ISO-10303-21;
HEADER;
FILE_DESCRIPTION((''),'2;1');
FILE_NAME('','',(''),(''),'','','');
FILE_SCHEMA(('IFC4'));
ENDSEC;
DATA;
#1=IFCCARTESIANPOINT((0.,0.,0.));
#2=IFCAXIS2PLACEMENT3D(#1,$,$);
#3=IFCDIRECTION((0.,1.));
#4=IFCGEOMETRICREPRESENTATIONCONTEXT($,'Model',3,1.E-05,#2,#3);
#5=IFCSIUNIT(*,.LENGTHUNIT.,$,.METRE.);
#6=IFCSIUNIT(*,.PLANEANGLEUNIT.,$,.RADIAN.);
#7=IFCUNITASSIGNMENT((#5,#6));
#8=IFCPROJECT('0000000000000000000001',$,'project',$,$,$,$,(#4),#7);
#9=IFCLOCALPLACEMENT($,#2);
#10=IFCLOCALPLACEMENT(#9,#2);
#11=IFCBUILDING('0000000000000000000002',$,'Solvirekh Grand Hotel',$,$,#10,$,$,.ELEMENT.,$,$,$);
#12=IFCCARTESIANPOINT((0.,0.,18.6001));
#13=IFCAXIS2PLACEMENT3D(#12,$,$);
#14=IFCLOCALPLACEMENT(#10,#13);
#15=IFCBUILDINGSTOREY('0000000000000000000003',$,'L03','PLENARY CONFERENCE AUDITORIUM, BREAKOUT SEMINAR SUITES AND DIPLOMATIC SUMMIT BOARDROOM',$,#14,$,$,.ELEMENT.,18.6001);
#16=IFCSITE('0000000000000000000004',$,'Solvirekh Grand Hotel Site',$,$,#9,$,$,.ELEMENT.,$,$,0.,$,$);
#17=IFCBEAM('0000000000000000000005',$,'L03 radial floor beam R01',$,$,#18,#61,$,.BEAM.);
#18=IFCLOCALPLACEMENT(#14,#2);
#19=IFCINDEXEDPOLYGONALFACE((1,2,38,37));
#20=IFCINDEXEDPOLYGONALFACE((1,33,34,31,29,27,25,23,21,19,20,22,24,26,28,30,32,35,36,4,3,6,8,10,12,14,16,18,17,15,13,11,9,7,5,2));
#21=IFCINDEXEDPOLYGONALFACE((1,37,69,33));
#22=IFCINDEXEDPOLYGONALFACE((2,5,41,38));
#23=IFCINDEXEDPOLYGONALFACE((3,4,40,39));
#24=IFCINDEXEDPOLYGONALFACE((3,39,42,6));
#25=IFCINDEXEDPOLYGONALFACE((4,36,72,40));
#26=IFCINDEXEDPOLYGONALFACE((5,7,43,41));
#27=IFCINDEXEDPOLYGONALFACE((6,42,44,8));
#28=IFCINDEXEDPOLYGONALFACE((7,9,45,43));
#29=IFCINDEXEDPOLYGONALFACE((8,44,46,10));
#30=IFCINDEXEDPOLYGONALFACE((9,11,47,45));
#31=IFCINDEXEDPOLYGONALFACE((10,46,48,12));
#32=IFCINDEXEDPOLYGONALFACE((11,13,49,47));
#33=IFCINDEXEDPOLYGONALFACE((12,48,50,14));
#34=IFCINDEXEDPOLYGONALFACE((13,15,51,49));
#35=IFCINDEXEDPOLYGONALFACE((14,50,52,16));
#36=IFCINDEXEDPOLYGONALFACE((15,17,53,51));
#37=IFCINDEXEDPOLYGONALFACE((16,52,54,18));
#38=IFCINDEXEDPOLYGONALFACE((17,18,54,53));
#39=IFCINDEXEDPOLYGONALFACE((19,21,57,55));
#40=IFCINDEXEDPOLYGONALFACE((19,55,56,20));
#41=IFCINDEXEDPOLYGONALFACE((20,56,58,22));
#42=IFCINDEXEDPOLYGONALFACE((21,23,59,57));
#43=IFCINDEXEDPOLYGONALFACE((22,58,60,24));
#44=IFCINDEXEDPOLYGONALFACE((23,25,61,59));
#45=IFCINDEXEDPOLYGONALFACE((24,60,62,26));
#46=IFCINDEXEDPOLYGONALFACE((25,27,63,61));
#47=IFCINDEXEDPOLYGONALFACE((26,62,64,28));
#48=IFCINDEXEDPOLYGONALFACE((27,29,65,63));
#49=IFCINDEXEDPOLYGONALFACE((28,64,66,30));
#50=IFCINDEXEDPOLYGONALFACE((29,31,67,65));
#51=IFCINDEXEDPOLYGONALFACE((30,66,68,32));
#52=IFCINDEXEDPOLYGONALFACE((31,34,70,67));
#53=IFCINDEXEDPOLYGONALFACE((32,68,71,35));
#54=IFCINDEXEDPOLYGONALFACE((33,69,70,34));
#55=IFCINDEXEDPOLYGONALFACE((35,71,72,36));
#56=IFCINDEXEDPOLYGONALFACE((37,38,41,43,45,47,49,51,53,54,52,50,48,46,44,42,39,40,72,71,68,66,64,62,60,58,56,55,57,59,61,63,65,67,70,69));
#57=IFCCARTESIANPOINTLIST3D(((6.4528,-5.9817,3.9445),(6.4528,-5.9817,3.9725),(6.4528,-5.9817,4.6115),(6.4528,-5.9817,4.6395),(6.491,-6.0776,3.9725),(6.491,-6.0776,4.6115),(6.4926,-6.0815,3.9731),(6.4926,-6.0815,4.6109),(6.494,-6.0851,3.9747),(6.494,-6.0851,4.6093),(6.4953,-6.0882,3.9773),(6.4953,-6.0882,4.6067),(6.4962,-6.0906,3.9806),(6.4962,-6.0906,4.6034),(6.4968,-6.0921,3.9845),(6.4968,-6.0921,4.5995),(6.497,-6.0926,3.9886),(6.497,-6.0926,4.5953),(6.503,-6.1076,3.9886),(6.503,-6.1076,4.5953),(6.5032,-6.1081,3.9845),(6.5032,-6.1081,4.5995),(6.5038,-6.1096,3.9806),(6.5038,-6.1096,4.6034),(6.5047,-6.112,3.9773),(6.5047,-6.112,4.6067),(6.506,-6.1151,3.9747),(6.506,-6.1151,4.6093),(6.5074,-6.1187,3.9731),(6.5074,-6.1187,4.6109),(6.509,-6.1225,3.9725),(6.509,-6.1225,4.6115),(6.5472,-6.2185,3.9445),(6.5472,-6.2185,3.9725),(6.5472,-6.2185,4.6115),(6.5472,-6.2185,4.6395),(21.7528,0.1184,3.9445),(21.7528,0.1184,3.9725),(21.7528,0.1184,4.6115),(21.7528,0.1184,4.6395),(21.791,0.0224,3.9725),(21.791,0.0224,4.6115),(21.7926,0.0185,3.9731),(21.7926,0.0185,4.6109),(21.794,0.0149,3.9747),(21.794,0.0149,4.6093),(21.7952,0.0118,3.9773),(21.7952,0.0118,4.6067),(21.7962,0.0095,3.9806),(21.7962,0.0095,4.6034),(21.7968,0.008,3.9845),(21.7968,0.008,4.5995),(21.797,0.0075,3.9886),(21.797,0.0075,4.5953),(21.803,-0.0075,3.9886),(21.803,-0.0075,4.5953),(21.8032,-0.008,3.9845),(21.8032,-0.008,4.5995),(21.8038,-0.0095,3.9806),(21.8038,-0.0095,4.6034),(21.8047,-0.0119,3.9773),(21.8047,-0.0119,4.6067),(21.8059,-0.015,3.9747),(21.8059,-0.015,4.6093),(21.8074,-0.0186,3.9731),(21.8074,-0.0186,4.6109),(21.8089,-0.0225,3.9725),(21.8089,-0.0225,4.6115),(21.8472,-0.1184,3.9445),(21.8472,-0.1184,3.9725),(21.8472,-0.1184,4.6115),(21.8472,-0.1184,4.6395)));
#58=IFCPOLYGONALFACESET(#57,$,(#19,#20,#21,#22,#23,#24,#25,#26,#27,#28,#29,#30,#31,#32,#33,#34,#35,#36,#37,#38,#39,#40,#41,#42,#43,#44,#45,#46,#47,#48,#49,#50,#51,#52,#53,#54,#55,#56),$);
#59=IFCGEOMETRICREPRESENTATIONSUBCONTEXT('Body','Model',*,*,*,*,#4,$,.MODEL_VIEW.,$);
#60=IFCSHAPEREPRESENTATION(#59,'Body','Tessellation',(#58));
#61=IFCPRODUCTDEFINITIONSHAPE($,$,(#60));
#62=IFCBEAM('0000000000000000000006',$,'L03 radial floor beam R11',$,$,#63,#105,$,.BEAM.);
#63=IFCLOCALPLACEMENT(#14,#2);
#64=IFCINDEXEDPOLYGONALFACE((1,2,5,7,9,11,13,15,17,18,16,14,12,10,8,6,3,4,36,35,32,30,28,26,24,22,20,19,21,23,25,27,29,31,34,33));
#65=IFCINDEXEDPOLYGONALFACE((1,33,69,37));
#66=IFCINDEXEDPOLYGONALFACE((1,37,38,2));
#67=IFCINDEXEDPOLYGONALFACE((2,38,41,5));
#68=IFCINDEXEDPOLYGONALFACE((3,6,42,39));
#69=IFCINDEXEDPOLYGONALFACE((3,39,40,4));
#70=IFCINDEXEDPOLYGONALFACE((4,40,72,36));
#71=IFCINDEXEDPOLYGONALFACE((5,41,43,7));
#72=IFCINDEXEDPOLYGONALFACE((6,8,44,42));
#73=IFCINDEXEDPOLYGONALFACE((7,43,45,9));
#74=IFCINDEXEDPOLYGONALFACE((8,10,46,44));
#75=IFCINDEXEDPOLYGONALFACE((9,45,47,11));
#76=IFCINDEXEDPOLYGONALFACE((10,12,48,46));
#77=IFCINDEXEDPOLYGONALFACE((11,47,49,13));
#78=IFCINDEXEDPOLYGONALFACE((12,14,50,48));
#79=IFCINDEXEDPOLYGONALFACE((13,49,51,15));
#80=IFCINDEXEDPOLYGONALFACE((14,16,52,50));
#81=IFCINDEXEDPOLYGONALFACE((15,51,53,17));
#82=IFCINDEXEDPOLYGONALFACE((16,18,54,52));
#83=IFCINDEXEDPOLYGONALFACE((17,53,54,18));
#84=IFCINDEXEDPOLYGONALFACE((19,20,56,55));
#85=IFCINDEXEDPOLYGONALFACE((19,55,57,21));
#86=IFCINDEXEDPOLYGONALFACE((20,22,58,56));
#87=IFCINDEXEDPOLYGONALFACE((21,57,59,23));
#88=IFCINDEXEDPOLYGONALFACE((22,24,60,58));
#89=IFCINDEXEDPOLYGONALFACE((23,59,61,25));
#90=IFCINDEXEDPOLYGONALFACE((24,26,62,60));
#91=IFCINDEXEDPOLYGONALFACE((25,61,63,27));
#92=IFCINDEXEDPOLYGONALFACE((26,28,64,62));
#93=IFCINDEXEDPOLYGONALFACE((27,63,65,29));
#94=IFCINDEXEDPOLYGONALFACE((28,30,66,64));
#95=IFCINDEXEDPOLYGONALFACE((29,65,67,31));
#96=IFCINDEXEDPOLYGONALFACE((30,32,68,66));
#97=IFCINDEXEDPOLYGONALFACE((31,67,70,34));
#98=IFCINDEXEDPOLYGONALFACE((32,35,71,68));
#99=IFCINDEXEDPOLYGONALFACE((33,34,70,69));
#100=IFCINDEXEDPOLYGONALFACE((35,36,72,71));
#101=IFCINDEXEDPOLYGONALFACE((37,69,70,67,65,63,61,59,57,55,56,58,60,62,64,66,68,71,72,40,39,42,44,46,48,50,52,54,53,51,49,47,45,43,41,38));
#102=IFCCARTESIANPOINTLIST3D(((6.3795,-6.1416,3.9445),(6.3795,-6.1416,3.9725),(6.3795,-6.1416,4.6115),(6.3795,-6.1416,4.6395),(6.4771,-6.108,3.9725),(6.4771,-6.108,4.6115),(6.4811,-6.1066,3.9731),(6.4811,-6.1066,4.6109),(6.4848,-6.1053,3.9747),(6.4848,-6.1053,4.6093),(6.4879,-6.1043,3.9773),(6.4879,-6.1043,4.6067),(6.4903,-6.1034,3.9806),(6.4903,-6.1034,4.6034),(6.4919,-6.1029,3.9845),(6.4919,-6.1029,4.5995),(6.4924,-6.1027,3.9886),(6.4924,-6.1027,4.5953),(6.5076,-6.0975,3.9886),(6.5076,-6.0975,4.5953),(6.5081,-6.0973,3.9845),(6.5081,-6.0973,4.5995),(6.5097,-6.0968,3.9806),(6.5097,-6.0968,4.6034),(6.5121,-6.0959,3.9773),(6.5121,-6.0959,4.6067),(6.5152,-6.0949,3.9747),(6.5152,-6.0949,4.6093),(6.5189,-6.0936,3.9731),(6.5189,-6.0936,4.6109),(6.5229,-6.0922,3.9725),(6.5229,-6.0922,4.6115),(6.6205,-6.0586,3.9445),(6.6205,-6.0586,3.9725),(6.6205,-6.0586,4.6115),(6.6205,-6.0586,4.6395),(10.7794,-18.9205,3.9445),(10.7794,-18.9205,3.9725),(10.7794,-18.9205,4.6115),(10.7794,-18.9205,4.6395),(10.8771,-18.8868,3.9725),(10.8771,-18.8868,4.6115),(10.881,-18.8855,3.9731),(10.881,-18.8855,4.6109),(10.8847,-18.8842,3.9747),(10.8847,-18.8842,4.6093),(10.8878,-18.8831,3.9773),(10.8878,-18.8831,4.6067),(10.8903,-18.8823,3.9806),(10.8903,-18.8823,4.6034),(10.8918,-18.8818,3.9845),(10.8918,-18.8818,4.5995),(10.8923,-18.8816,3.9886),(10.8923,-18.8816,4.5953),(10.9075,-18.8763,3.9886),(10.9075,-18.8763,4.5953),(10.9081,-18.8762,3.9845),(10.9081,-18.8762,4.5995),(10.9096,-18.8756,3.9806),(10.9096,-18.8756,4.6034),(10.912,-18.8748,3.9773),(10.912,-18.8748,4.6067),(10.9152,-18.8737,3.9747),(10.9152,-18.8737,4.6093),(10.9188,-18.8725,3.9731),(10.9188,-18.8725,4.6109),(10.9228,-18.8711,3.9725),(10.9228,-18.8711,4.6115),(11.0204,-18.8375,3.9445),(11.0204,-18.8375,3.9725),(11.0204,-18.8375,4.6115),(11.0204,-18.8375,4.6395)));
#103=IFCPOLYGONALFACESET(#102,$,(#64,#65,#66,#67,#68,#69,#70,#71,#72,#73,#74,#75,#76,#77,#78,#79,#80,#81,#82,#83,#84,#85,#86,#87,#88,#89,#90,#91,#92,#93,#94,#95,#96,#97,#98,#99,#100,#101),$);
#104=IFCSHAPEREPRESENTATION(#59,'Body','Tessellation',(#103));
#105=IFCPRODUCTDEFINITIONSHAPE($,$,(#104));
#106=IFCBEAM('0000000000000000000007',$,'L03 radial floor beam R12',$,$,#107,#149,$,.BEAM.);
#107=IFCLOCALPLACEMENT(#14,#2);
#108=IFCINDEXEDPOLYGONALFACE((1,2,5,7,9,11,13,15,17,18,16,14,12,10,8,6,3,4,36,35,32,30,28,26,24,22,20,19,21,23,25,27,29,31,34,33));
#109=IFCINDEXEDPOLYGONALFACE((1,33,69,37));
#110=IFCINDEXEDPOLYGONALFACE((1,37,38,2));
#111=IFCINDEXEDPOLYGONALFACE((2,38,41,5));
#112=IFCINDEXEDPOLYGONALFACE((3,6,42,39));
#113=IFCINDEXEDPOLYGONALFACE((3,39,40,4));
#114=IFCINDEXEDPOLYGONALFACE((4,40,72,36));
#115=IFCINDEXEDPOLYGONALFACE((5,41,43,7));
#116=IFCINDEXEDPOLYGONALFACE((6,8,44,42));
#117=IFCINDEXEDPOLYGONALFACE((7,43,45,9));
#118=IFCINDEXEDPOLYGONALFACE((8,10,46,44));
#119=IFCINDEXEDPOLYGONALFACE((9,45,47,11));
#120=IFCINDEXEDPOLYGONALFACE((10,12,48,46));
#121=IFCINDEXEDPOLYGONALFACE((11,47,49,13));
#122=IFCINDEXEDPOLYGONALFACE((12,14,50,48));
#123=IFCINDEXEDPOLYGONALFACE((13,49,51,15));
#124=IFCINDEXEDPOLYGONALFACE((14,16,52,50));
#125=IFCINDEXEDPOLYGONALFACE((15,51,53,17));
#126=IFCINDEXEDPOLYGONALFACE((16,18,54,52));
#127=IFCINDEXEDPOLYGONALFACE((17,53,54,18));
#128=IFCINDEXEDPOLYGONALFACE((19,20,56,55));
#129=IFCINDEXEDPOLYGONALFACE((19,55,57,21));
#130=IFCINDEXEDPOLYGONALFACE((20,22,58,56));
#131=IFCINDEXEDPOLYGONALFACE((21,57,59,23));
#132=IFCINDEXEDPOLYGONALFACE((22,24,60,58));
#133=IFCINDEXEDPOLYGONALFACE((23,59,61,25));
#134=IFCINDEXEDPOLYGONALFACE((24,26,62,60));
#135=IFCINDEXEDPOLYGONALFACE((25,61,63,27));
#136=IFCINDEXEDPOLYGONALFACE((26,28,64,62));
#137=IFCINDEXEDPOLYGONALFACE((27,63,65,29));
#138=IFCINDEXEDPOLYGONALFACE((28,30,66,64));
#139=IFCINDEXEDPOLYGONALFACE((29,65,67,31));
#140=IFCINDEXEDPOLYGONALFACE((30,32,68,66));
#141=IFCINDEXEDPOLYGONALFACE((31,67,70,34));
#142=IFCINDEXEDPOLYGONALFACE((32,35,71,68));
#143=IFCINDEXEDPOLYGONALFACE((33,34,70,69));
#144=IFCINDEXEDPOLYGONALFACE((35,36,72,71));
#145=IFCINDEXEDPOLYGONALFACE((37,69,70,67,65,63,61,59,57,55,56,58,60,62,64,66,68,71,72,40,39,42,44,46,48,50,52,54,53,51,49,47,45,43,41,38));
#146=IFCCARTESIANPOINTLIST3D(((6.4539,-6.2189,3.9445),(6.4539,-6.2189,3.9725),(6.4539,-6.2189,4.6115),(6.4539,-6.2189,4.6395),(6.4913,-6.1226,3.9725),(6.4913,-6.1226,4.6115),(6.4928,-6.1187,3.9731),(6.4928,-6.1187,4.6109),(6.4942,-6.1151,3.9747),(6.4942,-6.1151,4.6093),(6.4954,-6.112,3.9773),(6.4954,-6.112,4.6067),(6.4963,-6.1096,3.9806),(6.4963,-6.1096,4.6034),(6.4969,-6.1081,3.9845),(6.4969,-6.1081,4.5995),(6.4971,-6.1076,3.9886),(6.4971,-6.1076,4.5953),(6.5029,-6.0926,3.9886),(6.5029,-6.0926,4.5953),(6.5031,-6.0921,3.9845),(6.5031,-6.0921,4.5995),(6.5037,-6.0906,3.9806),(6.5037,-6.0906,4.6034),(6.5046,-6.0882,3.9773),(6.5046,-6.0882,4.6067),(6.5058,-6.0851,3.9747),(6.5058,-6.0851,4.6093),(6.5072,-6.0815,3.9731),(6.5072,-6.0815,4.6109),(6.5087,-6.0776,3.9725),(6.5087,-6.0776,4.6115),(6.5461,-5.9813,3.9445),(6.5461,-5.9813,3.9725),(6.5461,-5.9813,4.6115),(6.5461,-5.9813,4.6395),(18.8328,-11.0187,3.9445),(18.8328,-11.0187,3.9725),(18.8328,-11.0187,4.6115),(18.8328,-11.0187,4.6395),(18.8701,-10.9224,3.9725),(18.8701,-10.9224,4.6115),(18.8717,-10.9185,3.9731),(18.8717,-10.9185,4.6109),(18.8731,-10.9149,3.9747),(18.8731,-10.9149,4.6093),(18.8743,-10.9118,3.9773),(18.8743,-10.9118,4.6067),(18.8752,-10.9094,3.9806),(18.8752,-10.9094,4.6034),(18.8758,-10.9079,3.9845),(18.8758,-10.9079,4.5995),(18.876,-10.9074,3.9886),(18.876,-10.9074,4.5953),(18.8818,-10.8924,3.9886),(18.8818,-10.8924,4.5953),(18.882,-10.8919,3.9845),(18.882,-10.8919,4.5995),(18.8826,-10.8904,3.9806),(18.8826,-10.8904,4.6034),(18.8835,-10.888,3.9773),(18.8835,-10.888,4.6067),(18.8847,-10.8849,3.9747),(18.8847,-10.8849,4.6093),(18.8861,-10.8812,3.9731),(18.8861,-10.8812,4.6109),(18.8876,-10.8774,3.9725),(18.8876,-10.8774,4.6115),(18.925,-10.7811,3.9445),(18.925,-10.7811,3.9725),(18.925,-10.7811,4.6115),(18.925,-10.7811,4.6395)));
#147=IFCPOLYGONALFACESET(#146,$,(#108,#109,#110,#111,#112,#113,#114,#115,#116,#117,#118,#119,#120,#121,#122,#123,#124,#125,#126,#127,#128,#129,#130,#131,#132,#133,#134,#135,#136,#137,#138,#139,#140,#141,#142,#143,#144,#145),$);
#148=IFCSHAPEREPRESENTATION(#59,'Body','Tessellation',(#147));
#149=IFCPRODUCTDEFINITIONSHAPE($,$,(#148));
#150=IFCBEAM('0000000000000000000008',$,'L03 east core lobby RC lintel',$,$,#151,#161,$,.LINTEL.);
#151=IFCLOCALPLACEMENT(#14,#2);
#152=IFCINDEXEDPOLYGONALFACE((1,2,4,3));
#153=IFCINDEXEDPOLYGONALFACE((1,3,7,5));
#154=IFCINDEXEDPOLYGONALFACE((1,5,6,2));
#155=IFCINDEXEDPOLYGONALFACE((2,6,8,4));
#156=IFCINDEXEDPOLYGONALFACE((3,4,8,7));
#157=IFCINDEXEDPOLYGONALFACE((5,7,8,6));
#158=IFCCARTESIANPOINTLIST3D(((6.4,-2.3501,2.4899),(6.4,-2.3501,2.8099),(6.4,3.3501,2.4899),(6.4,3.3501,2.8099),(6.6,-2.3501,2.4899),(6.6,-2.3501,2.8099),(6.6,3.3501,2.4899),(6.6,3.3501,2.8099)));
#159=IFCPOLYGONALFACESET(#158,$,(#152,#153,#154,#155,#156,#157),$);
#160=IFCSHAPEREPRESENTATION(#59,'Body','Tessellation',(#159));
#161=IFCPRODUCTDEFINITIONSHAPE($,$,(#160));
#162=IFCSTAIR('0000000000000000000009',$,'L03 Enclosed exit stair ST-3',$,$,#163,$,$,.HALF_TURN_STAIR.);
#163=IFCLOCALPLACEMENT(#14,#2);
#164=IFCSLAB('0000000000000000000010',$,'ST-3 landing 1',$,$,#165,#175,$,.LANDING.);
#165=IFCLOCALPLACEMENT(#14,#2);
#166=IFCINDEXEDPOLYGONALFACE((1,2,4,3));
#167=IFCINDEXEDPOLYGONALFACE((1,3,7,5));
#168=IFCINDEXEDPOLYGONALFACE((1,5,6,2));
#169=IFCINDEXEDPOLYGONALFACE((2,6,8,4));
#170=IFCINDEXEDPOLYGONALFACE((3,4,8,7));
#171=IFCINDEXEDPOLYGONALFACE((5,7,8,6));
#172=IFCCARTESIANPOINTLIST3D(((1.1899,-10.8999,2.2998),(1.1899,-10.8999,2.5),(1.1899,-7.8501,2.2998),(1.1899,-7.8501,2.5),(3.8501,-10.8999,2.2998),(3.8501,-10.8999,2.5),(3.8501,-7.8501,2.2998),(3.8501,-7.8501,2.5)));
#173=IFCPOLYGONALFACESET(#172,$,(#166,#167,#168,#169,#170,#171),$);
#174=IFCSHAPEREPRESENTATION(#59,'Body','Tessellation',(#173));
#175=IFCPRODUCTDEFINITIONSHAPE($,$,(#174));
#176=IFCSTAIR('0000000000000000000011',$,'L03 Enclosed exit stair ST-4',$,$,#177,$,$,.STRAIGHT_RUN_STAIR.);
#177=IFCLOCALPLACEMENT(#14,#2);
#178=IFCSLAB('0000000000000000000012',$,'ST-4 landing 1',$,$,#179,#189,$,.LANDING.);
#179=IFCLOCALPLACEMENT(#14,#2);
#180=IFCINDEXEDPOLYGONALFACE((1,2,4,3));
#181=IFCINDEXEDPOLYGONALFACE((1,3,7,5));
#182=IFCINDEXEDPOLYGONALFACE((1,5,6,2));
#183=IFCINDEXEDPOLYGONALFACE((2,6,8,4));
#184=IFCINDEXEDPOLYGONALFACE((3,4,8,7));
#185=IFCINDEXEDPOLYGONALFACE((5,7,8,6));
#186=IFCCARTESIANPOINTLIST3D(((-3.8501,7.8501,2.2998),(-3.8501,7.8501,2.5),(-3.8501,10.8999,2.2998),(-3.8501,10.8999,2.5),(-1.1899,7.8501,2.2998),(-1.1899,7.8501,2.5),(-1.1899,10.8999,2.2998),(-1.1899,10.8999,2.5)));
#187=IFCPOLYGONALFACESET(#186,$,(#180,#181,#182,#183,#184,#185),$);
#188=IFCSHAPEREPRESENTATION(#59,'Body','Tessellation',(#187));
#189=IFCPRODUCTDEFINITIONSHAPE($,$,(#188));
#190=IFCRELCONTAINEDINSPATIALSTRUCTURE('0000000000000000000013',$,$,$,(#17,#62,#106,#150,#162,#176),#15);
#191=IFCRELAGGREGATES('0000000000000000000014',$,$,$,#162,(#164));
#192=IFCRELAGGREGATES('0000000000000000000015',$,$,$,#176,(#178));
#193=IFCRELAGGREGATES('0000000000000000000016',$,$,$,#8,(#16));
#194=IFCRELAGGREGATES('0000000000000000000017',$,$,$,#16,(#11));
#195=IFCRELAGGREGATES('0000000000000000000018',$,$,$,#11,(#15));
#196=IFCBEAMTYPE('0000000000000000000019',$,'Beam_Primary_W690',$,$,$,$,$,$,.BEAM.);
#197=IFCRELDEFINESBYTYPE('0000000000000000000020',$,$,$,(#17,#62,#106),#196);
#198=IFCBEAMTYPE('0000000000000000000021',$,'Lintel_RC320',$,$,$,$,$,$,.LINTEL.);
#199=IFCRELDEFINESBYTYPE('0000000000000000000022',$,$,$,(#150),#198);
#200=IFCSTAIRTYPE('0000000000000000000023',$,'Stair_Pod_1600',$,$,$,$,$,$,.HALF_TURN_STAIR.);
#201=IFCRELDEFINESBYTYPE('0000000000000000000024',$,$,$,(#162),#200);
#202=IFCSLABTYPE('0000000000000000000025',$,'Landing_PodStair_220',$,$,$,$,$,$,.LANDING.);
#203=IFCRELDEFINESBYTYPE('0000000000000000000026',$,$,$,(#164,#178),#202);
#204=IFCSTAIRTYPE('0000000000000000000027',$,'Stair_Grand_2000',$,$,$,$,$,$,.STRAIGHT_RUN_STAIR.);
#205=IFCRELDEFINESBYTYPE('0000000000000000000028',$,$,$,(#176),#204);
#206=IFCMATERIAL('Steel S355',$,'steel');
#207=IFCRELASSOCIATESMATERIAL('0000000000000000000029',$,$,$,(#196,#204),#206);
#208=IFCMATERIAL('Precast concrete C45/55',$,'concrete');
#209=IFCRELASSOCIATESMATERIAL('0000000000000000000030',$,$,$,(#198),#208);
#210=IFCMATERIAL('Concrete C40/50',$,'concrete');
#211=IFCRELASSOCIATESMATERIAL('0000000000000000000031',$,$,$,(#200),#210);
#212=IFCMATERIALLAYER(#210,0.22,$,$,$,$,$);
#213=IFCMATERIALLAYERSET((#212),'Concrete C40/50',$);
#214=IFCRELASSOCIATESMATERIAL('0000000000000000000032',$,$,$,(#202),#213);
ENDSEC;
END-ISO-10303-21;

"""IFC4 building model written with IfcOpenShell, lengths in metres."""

from ifc_helpers import new_model, si_unit, direction, frame, origin, origin_2d, place, context, subcontext, project, spatial, polyline, rectangle, i_section, outline, extrude, material, layer, layer_set, material_profile, profile_set, type_object, element, aggregate, save


model = new_model("IFC4")

# Units and contexts
model_context = context("Model", 3, precision=1e-05, world=origin(), true_north=direction((0.0, 1.0)))
body_context = subcontext(model_context, "Body", "Model", "MODEL_VIEW")
ifc_project = project(units=[si_unit("LENGTHUNIT", "METRE"), si_unit("PLANEANGLEUNIT", "RADIAN")], contexts=[model_context])

# Site, building, storey
site_placement = place(None, origin())
site = spatial("IfcSite", under=ifc_project, at=site_placement, Name="Solvirekh Grand Hotel Site", CompositionType="ELEMENT", RefElevation=0.0)
building_placement = place(site_placement, origin())
building = spatial("IfcBuilding", under=site, at=building_placement, Name="Solvirekh Grand Hotel", CompositionType="ELEMENT")
storey_placement = place(building_placement, frame((0.0, 0.0, 18.6001)))
storey = spatial("IfcBuildingStorey", under=building, at=storey_placement, Name="L03", Description="PLENARY CONFERENCE AUDITORIUM, BREAKOUT SEMINAR SUITES AND DIPLOMATIC SUMMIT BOARDROOM", CompositionType="ELEMENT", Elevation=18.6001)

# Beams
ifc_material_1 = material(Name="Steel S355", Category="steel")
ifc_material_profile_1 = material_profile(ifc_material_1, i_section(OverallWidth=0.2549, OverallDepth=0.6951, WebThickness=0.0161, FlangeThickness=0.0281, FilletRadius=0.0161, at=origin_2d()), Name="W690X217")
ifc_profile_set_1 = profile_set([ifc_material_profile_1], Name="Steel S355")
beam_type_1 = type_object("IfcBeamType", Name="Beam_Primary_W690", PredefinedType="BEAM", material=ifc_profile_set_1)
beam_1_placement = place(storey_placement, frame((6.5, -6.1001, 4.292), z_axis=(0.928893, 0.370348, 0.0), x_axis=(-0.370348, 0.928893, 0.0)))
element("IfcBeam", 1, at=beam_1_placement, inside=storey, type_object=beam_type_1, Name="L03 radial floor beam R01", PredefinedType="BEAM", context=body_context, shape_type="SweptSolid", body=[
    extrude(i_section(OverallWidth=0.2549, OverallDepth=0.6951, WebThickness=0.0161, FlangeThickness=0.0281, FilletRadius=0.0161, at=origin_2d()), origin(), (0.0, 0.0, 1.0), 16.4712),
])
beam_2_placement = place(storey_placement, frame((6.5, -6.1001, 4.292), z_axis=(0.325555, -0.945523, 0.0), x_axis=(0.945523, 0.325555, 0.0)))
element("IfcBeam", 2, at=beam_2_placement, inside=storey, type_object=beam_type_1, Name="L03 radial floor beam R11", PredefinedType="BEAM", context=body_context, shape_type="SweptSolid", body=[
    extrude(i_section(OverallWidth=0.2549, OverallDepth=0.6951, WebThickness=0.0161, FlangeThickness=0.0281, FilletRadius=0.0161, at=origin_2d()), origin(), (0.0, 0.0, 1.0), 13.5151),
])
beam_3_placement = place(storey_placement, frame((6.5, -6.1001, 4.292), z_axis=(0.932366, -0.361516, 0.0), x_axis=(0.361516, 0.932366, 0.0)))
element("IfcBeam", 3, at=beam_3_placement, inside=storey, type_object=beam_type_1, Name="L03 radial floor beam R12", PredefinedType="BEAM", context=body_context, shape_type="SweptSolid", body=[
    extrude(i_section(OverallWidth=0.2549, OverallDepth=0.6951, WebThickness=0.0161, FlangeThickness=0.0281, FilletRadius=0.0161, at=origin_2d()), origin(), (0.0, 0.0, 1.0), 13.2769),
])
ifc_material_2 = material(Name="Precast concrete C45/55", Category="concrete")
ifc_material_profile_2 = material_profile(ifc_material_2, rectangle(XDim=0.2, YDim=0.3201, at=origin_2d()), Name="RC LINTEL 200X320")
ifc_profile_set_2 = profile_set([ifc_material_profile_2], Name="Precast concrete C45/55")
beam_type_2 = type_object("IfcBeamType", Name="Lintel_RC320", PredefinedType="LINTEL", material=ifc_profile_set_2)
beam_4_placement = place(storey_placement, frame((6.5, -2.3501, 2.6499), z_axis=(0.0, 1.0, 0.0), x_axis=(-1.0, 0.0, 0.0)))
element("IfcBeam", 4, at=beam_4_placement, inside=storey, type_object=beam_type_2, Name="L03 east core lobby RC lintel", PredefinedType="LINTEL", context=body_context, shape_type="SweptSolid", body=[
    extrude(rectangle(XDim=0.2, YDim=0.3201, at=origin_2d()), origin(), (0.0, 0.0, 1.0), 5.7002),
])

# Stairs, slabs
ifc_material_3 = material(Name="Concrete C40/50", Category="concrete")
stair_type_1 = type_object("IfcStairType", Name="Stair_Pod_1600", PredefinedType="HALF_TURN_STAIR", material=ifc_material_3)
stair_1_placement = place(storey_placement, origin())
stair_1 = element("IfcStair", 5, at=stair_1_placement, inside=storey, type_object=stair_type_1, Name="L03 Enclosed exit stair ST-3", PredefinedType="HALF_TURN_STAIR")
ifc_layer_1 = layer(ifc_material_3, 0.22)
ifc_layer_set_1 = layer_set([ifc_layer_1], Name="Concrete C40/50")
slab_type_1 = type_object("IfcSlabType", Name="Landing_PodStair_220", PredefinedType="LANDING", material=ifc_layer_set_1)
slab_1_placement = place(storey_placement, frame((0.0, 0.0, 2.2998)))
slab_1 = element("IfcSlab", 6, at=slab_1_placement, type_object=slab_type_1, Name="ST-3 landing 1", PredefinedType="LANDING", context=body_context, shape_type="SweptSolid", body=[
    extrude(outline(polyline([(1.1899, -10.8999), (3.8501, -10.8999), (3.8501, -7.8501), (1.1899, -7.8501), (1.1899, -10.8999)])), origin(), (0.0, 0.0, 1.0), 0.2002),
])
aggregate(stair_1, [slab_1])
stair_type_2 = type_object("IfcStairType", Name="Stair_Grand_2000", PredefinedType="STRAIGHT_RUN_STAIR", material=ifc_material_1)
stair_2_placement = place(storey_placement, origin())
stair_2 = element("IfcStair", 7, at=stair_2_placement, inside=storey, type_object=stair_type_2, Name="L03 Enclosed exit stair ST-4", PredefinedType="STRAIGHT_RUN_STAIR")
slab_2_placement = place(storey_placement, frame((0.0, 0.0, 2.2998)))
slab_2 = element("IfcSlab", 8, at=slab_2_placement, type_object=slab_type_1, Name="ST-4 landing 1", PredefinedType="LANDING", context=body_context, shape_type="SweptSolid", body=[
    extrude(outline(polyline([(-1.1899, 10.8999), (-3.8501, 10.8999), (-3.8501, 7.8501), (-1.1899, 7.8501), (-1.1899, 10.8999)])), origin(), (0.0, 0.0, 1.0), 0.2002),
])
aggregate(stair_2, [slab_2])

save(model, "model.ifc")
